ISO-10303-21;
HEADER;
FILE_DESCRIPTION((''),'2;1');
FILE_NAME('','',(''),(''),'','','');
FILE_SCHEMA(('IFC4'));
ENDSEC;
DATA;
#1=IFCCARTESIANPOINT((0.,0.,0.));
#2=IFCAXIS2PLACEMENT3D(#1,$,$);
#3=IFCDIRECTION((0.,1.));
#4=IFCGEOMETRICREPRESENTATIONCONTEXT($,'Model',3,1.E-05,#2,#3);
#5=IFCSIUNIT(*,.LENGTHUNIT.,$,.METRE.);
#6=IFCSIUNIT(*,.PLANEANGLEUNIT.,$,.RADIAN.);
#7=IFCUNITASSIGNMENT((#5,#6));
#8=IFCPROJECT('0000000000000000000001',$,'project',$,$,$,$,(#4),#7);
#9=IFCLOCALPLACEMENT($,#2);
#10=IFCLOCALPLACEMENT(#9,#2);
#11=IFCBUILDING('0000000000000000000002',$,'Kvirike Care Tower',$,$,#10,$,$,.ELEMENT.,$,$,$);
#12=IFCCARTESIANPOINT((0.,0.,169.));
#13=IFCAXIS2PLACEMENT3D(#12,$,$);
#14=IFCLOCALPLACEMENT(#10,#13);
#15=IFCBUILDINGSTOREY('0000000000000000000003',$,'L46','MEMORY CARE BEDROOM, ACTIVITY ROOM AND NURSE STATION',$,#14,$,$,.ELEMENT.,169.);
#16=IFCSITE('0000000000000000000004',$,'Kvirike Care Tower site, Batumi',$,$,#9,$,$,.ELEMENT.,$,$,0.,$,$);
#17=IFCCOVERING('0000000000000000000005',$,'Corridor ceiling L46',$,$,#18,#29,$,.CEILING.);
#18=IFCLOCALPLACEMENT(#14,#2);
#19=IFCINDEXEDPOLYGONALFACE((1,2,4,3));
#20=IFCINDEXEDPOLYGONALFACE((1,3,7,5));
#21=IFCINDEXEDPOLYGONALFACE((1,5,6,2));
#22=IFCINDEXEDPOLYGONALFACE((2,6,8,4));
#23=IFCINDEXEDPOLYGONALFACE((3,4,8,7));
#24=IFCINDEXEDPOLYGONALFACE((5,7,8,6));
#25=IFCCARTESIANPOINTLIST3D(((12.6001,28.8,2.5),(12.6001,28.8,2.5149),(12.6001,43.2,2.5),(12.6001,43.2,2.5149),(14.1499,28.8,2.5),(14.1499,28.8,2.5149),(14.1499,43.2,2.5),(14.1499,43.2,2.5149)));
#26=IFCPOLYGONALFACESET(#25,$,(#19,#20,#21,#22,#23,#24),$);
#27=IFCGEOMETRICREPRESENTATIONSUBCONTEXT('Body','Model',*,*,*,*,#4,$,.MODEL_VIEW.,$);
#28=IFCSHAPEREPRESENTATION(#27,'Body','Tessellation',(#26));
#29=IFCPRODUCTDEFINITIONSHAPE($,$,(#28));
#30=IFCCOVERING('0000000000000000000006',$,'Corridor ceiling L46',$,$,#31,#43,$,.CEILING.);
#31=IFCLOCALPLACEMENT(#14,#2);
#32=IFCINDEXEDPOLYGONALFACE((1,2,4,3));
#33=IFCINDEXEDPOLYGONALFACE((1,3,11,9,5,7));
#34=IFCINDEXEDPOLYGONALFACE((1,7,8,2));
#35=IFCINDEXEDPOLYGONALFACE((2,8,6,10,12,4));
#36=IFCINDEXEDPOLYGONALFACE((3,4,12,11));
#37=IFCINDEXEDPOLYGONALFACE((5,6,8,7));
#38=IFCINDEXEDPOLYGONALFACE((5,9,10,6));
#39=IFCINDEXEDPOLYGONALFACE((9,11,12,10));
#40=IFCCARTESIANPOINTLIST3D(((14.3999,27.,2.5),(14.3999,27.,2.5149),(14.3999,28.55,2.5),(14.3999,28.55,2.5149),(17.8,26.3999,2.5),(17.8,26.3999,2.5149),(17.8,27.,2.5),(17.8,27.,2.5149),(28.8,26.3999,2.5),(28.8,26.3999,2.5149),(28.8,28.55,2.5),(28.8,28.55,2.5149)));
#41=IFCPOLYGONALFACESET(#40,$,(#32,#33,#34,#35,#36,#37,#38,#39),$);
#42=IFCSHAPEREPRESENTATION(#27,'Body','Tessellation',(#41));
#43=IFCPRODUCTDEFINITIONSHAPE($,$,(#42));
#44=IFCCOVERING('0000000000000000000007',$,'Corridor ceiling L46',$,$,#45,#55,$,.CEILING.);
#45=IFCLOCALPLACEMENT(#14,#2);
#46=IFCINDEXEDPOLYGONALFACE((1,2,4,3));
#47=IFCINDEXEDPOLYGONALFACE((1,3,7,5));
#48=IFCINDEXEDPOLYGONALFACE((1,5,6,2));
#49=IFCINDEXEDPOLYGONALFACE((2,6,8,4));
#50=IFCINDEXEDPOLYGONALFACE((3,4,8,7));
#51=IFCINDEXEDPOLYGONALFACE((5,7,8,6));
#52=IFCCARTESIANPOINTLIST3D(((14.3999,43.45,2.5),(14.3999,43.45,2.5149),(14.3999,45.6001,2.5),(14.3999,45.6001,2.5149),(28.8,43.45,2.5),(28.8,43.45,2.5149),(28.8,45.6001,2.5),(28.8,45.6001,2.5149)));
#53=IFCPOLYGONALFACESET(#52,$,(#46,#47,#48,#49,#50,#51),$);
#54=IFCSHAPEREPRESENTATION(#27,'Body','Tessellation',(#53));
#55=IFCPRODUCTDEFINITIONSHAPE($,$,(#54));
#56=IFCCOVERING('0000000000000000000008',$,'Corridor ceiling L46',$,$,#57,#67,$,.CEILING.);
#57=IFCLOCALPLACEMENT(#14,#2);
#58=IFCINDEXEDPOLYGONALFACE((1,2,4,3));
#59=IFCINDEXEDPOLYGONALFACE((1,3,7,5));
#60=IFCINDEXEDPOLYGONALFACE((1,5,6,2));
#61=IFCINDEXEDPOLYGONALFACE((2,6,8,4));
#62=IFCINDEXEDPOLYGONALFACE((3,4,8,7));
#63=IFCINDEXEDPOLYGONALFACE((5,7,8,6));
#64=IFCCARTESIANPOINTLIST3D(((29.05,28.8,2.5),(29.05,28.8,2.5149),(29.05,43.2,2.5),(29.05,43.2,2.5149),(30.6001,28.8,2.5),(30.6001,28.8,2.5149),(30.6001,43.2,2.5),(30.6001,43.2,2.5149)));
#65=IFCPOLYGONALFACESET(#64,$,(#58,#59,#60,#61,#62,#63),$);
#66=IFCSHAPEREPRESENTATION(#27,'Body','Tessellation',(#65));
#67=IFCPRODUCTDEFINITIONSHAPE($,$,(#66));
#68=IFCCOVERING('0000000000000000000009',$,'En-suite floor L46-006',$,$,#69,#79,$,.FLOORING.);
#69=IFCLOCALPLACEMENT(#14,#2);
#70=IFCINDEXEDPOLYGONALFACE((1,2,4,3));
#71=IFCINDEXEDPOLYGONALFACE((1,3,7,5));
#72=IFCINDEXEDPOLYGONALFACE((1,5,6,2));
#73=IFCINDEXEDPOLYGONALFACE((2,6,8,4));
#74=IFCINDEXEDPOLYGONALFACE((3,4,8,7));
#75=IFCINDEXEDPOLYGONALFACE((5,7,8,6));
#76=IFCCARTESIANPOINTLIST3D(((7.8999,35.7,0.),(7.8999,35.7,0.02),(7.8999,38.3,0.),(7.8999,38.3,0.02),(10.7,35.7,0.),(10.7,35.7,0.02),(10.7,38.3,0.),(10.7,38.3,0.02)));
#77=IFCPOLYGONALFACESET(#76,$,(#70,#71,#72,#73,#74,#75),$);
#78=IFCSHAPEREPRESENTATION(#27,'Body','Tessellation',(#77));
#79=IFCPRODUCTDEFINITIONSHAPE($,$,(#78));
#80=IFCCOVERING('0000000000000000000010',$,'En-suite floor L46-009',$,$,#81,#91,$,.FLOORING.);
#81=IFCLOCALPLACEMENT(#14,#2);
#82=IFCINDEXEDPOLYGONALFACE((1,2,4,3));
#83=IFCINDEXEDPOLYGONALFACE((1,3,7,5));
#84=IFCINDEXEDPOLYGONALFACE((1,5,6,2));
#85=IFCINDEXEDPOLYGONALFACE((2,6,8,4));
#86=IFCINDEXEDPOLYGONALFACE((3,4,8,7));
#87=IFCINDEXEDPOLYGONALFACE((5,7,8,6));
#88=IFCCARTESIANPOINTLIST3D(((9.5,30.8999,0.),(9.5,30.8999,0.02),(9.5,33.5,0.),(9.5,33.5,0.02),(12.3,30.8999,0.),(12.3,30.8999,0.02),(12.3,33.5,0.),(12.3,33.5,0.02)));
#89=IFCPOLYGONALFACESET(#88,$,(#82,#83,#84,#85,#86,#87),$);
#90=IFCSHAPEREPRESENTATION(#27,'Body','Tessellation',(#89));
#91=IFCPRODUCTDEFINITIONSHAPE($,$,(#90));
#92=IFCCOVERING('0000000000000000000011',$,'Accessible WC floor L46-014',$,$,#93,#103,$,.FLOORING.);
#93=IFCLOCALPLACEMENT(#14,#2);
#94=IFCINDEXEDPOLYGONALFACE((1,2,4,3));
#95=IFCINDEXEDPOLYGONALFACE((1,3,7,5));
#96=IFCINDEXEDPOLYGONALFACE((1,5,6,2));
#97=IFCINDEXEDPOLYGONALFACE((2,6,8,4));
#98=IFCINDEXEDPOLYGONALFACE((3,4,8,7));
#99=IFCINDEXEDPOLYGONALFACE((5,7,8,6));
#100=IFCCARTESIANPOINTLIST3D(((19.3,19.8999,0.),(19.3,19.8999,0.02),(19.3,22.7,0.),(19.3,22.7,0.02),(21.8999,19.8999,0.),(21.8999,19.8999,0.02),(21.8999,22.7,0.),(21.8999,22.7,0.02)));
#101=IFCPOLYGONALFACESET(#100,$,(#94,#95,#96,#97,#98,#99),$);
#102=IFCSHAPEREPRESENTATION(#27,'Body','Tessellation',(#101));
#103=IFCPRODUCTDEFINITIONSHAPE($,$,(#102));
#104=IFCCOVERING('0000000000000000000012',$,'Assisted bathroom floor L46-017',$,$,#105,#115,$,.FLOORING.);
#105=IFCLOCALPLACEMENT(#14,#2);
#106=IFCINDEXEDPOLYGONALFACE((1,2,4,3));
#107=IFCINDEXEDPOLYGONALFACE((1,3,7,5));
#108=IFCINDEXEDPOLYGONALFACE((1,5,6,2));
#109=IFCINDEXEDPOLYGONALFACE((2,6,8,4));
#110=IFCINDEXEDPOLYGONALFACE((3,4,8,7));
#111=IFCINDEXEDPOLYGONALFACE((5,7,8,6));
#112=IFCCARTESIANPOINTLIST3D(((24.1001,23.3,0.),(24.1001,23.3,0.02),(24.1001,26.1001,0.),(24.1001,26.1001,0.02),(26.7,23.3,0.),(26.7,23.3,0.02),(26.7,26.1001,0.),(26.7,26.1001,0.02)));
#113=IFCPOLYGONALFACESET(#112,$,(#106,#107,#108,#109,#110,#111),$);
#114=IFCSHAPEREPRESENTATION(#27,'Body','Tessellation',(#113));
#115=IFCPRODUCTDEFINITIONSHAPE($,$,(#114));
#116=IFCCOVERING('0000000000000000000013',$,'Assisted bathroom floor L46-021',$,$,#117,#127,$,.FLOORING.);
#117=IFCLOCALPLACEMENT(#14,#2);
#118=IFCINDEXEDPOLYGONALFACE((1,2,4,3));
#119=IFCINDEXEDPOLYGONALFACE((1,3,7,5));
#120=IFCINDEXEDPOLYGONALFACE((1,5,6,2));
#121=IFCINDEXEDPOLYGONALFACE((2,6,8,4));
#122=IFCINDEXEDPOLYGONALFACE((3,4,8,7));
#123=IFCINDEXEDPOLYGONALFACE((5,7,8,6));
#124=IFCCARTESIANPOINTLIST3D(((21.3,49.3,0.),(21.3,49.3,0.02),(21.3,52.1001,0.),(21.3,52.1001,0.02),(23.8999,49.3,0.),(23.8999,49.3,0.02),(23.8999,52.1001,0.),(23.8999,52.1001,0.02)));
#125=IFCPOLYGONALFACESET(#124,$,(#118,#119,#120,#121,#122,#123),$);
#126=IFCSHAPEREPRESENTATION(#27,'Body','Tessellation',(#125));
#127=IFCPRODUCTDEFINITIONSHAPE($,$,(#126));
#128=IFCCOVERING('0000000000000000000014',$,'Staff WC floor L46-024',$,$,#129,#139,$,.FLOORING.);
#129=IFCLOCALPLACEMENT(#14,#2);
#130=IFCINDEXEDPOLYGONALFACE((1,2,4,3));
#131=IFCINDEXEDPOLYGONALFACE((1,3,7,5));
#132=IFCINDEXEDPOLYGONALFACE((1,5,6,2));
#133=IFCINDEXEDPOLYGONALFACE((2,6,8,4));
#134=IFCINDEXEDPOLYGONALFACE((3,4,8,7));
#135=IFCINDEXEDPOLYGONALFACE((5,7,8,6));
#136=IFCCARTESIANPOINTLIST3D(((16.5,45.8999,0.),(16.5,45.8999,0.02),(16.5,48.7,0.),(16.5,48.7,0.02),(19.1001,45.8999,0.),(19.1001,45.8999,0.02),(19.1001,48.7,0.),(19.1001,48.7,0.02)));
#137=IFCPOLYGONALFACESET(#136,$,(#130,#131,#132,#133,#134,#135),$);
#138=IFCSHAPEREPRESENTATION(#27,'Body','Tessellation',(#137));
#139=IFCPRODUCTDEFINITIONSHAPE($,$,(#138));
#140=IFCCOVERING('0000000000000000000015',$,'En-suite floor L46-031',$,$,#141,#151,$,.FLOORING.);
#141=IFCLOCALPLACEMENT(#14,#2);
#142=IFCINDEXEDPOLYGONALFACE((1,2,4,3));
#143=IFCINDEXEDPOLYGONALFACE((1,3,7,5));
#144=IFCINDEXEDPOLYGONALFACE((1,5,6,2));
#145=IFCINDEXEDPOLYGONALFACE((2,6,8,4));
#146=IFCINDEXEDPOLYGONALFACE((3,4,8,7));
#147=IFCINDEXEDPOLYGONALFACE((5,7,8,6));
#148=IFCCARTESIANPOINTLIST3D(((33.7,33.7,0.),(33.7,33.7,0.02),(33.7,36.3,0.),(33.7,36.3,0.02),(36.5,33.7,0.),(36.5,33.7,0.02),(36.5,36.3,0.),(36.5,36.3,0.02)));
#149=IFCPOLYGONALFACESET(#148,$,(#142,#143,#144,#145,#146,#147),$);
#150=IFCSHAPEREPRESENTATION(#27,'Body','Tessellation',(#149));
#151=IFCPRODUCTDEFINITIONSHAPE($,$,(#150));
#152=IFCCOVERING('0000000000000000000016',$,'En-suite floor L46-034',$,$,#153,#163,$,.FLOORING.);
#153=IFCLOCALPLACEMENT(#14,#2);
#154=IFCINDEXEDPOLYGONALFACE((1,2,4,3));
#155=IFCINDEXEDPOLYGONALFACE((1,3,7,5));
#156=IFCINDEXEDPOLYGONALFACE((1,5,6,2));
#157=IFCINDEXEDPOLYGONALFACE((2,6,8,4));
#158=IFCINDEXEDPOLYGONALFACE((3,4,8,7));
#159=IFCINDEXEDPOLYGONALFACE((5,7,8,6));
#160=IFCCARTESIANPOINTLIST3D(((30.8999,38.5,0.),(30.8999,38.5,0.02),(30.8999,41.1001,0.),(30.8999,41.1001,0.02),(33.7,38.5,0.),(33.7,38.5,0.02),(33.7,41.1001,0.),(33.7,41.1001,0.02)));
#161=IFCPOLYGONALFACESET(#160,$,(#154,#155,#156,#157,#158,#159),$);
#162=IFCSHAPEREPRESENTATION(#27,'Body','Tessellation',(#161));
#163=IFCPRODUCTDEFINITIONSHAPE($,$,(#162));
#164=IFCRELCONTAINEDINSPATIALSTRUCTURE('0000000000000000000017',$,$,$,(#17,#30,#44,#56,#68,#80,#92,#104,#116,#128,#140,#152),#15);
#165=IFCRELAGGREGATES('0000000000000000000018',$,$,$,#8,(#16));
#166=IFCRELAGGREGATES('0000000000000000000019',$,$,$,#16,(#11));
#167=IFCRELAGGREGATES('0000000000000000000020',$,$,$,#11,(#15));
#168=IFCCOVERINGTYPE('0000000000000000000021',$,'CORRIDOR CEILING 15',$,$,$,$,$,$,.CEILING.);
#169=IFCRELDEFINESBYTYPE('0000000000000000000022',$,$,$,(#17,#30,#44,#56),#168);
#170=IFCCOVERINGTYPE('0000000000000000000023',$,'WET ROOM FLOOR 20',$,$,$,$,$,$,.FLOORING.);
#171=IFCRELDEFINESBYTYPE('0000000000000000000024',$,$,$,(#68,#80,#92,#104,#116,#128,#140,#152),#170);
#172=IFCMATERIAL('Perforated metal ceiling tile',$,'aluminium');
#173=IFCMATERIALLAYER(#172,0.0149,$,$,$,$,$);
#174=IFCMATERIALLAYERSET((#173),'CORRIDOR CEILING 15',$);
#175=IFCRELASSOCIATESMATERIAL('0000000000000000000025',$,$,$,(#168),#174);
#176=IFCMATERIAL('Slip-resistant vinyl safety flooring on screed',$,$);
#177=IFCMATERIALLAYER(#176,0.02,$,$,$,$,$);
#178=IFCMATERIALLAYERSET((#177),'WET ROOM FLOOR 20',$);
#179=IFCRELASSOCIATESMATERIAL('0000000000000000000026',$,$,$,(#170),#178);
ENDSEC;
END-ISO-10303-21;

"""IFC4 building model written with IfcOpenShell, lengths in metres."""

from ifc_helpers import new_model, si_unit, direction, frame, origin, place, context, subcontext, project, spatial, polyline, outline, extrude, material, layer, layer_set, type_object, element, save


model = new_model("IFC4")

# Units and contexts
model_context = context("Model", 3, precision=1e-05, world=origin(), true_north=direction((0.0, 1.0)))
body_context = subcontext(model_context, "Body", "Model", "MODEL_VIEW")
ifc_project = project(units=[si_unit("LENGTHUNIT", "METRE"), si_unit("PLANEANGLEUNIT", "RADIAN")], contexts=[model_context])

# Site, building, storey
site_placement = place(None, origin())
site = spatial("IfcSite", under=ifc_project, at=site_placement, Name="Kvirike Care Tower site, Batumi", CompositionType="ELEMENT", RefElevation=0.0)
building_placement = place(site_placement, origin())
building = spatial("IfcBuilding", under=site, at=building_placement, Name="Kvirike Care Tower", CompositionType="ELEMENT")
storey_placement = place(building_placement, frame((0.0, 0.0, 169.0)))
storey = spatial("IfcBuildingStorey", under=building, at=storey_placement, Name="L46", Description="MEMORY CARE BEDROOM, ACTIVITY ROOM AND NURSE STATION", CompositionType="ELEMENT", Elevation=169.0)

# Coverings
ifc_material_1 = material(Name="Perforated metal ceiling tile", Category="aluminium")
ifc_layer_1 = layer(ifc_material_1, 0.0149)
ifc_layer_set_1 = layer_set([ifc_layer_1], Name="CORRIDOR CEILING 15")
covering_type_1 = type_object("IfcCoveringType", Name="CORRIDOR CEILING 15", PredefinedType="CEILING", material=ifc_layer_set_1)
covering_1_placement = place(storey_placement, frame((0.0, 0.0, 2.5)))
element("IfcCovering", 1, at=covering_1_placement, inside=storey, type_object=covering_type_1, Name="Corridor ceiling L46", PredefinedType="CEILING", context=body_context, shape_type="SweptSolid", body=[
    extrude(outline(polyline([(12.6001, 43.2), (14.1499, 43.2), (14.1499, 28.8), (12.6001, 28.8), (12.6001, 43.2)])), origin(), (0.0, 0.0, 1.0), 0.0149),
])
covering_2_placement = place(storey_placement, frame((0.0, 0.0, 2.5)))
element("IfcCovering", 2, at=covering_2_placement, inside=storey, type_object=covering_type_1, Name="Corridor ceiling L46", PredefinedType="CEILING", context=body_context, shape_type="SweptSolid", body=[
    extrude(outline(polyline([(14.3999, 28.55), (28.8, 28.55), (28.8, 26.3999), (17.8, 26.3999), (17.8, 27.0), (14.3999, 27.0), (14.3999, 28.55)])), origin(), (0.0, 0.0, 1.0), 0.0149),
])
covering_3_placement = place(storey_placement, frame((0.0, 0.0, 2.5)))
element("IfcCovering", 3, at=covering_3_placement, inside=storey, type_object=covering_type_1, Name="Corridor ceiling L46", PredefinedType="CEILING", context=body_context, shape_type="SweptSolid", body=[
    extrude(outline(polyline([(28.8, 45.6001), (28.8, 43.45), (14.3999, 43.45), (14.3999, 45.6001), (28.8, 45.6001)])), origin(), (0.0, 0.0, 1.0), 0.0149),
])
covering_4_placement = place(storey_placement, frame((0.0, 0.0, 2.5)))
element("IfcCovering", 4, at=covering_4_placement, inside=storey, type_object=covering_type_1, Name="Corridor ceiling L46", PredefinedType="CEILING", context=body_context, shape_type="SweptSolid", body=[
    extrude(outline(polyline([(30.6001, 28.8), (29.05, 28.8), (29.05, 43.2), (30.6001, 43.2), (30.6001, 28.8)])), origin(), (0.0, 0.0, 1.0), 0.0149),
])
ifc_material_2 = material(Name="Slip-resistant vinyl safety flooring on screed")
ifc_layer_2 = layer(ifc_material_2, 0.02)
ifc_layer_set_2 = layer_set([ifc_layer_2], Name="WET ROOM FLOOR 20")
covering_type_2 = type_object("IfcCoveringType", Name="WET ROOM FLOOR 20", PredefinedType="FLOORING", material=ifc_layer_set_2)
covering_5_placement = place(storey_placement, origin())
element("IfcCovering", 5, at=covering_5_placement, inside=storey, type_object=covering_type_2, Name="En-suite floor L46-006", PredefinedType="FLOORING", context=body_context, shape_type="SweptSolid", body=[
    extrude(outline(polyline([(7.8999, 38.3), (10.7, 38.3), (10.7, 35.7), (7.8999, 35.7), (7.8999, 38.3)])), origin(), (0.0, 0.0, 1.0), 0.02),
])
covering_6_placement = place(storey_placement, origin())
element("IfcCovering", 6, at=covering_6_placement, inside=storey, type_object=covering_type_2, Name="En-suite floor L46-009", PredefinedType="FLOORING", context=body_context, shape_type="SweptSolid", body=[
    extrude(outline(polyline([(9.5, 33.5), (12.3, 33.5), (12.3, 30.8999), (9.5, 30.8999), (9.5, 33.5)])), origin(), (0.0, 0.0, 1.0), 0.02),
])
covering_7_placement = place(storey_placement, origin())
element("IfcCovering", 7, at=covering_7_placement, inside=storey, type_object=covering_type_2, Name="Accessible WC floor L46-014", PredefinedType="FLOORING", context=body_context, shape_type="SweptSolid", body=[
    extrude(outline(polyline([(19.3, 19.8999), (19.3, 22.7), (21.8999, 22.7), (21.8999, 19.8999), (19.3, 19.8999)])), origin(), (0.0, 0.0, 1.0), 0.02),
])
covering_8_placement = place(storey_placement, origin())
element("IfcCovering", 8, at=covering_8_placement, inside=storey, type_object=covering_type_2, Name="Assisted bathroom floor L46-017", PredefinedType="FLOORING", context=body_context, shape_type="SweptSolid", body=[
    extrude(outline(polyline([(24.1001, 23.3), (24.1001, 26.1001), (26.7, 26.1001), (26.7, 23.3), (24.1001, 23.3)])), origin(), (0.0, 0.0, 1.0), 0.02),
])
covering_9_placement = place(storey_placement, origin())
element("IfcCovering", 9, at=covering_9_placement, inside=storey, type_object=covering_type_2, Name="Assisted bathroom floor L46-021", PredefinedType="FLOORING", context=body_context, shape_type="SweptSolid", body=[
    extrude(outline(polyline([(23.8999, 52.1001), (23.8999, 49.3), (21.3, 49.3), (21.3, 52.1001), (23.8999, 52.1001)])), origin(), (0.0, 0.0, 1.0), 0.02),
])
covering_10_placement = place(storey_placement, origin())
element("IfcCovering", 10, at=covering_10_placement, inside=storey, type_object=covering_type_2, Name="Staff WC floor L46-024", PredefinedType="FLOORING", context=body_context, shape_type="SweptSolid", body=[
    extrude(outline(polyline([(19.1001, 48.7), (19.1001, 45.8999), (16.5, 45.8999), (16.5, 48.7), (19.1001, 48.7)])), origin(), (0.0, 0.0, 1.0), 0.02),
])
covering_11_placement = place(storey_placement, origin())
element("IfcCovering", 11, at=covering_11_placement, inside=storey, type_object=covering_type_2, Name="En-suite floor L46-031", PredefinedType="FLOORING", context=body_context, shape_type="SweptSolid", body=[
    extrude(outline(polyline([(36.5, 33.7), (33.7, 33.7), (33.7, 36.3), (36.5, 36.3), (36.5, 33.7)])), origin(), (0.0, 0.0, 1.0), 0.02),
])
covering_12_placement = place(storey_placement, origin())
element("IfcCovering", 12, at=covering_12_placement, inside=storey, type_object=covering_type_2, Name="En-suite floor L46-034", PredefinedType="FLOORING", context=body_context, shape_type="SweptSolid", body=[
    extrude(outline(polyline([(33.7, 38.5), (30.8999, 38.5), (30.8999, 41.1001), (33.7, 41.1001), (33.7, 38.5)])), origin(), (0.0, 0.0, 1.0), 0.02),
])

save(model, "model.ifc")
